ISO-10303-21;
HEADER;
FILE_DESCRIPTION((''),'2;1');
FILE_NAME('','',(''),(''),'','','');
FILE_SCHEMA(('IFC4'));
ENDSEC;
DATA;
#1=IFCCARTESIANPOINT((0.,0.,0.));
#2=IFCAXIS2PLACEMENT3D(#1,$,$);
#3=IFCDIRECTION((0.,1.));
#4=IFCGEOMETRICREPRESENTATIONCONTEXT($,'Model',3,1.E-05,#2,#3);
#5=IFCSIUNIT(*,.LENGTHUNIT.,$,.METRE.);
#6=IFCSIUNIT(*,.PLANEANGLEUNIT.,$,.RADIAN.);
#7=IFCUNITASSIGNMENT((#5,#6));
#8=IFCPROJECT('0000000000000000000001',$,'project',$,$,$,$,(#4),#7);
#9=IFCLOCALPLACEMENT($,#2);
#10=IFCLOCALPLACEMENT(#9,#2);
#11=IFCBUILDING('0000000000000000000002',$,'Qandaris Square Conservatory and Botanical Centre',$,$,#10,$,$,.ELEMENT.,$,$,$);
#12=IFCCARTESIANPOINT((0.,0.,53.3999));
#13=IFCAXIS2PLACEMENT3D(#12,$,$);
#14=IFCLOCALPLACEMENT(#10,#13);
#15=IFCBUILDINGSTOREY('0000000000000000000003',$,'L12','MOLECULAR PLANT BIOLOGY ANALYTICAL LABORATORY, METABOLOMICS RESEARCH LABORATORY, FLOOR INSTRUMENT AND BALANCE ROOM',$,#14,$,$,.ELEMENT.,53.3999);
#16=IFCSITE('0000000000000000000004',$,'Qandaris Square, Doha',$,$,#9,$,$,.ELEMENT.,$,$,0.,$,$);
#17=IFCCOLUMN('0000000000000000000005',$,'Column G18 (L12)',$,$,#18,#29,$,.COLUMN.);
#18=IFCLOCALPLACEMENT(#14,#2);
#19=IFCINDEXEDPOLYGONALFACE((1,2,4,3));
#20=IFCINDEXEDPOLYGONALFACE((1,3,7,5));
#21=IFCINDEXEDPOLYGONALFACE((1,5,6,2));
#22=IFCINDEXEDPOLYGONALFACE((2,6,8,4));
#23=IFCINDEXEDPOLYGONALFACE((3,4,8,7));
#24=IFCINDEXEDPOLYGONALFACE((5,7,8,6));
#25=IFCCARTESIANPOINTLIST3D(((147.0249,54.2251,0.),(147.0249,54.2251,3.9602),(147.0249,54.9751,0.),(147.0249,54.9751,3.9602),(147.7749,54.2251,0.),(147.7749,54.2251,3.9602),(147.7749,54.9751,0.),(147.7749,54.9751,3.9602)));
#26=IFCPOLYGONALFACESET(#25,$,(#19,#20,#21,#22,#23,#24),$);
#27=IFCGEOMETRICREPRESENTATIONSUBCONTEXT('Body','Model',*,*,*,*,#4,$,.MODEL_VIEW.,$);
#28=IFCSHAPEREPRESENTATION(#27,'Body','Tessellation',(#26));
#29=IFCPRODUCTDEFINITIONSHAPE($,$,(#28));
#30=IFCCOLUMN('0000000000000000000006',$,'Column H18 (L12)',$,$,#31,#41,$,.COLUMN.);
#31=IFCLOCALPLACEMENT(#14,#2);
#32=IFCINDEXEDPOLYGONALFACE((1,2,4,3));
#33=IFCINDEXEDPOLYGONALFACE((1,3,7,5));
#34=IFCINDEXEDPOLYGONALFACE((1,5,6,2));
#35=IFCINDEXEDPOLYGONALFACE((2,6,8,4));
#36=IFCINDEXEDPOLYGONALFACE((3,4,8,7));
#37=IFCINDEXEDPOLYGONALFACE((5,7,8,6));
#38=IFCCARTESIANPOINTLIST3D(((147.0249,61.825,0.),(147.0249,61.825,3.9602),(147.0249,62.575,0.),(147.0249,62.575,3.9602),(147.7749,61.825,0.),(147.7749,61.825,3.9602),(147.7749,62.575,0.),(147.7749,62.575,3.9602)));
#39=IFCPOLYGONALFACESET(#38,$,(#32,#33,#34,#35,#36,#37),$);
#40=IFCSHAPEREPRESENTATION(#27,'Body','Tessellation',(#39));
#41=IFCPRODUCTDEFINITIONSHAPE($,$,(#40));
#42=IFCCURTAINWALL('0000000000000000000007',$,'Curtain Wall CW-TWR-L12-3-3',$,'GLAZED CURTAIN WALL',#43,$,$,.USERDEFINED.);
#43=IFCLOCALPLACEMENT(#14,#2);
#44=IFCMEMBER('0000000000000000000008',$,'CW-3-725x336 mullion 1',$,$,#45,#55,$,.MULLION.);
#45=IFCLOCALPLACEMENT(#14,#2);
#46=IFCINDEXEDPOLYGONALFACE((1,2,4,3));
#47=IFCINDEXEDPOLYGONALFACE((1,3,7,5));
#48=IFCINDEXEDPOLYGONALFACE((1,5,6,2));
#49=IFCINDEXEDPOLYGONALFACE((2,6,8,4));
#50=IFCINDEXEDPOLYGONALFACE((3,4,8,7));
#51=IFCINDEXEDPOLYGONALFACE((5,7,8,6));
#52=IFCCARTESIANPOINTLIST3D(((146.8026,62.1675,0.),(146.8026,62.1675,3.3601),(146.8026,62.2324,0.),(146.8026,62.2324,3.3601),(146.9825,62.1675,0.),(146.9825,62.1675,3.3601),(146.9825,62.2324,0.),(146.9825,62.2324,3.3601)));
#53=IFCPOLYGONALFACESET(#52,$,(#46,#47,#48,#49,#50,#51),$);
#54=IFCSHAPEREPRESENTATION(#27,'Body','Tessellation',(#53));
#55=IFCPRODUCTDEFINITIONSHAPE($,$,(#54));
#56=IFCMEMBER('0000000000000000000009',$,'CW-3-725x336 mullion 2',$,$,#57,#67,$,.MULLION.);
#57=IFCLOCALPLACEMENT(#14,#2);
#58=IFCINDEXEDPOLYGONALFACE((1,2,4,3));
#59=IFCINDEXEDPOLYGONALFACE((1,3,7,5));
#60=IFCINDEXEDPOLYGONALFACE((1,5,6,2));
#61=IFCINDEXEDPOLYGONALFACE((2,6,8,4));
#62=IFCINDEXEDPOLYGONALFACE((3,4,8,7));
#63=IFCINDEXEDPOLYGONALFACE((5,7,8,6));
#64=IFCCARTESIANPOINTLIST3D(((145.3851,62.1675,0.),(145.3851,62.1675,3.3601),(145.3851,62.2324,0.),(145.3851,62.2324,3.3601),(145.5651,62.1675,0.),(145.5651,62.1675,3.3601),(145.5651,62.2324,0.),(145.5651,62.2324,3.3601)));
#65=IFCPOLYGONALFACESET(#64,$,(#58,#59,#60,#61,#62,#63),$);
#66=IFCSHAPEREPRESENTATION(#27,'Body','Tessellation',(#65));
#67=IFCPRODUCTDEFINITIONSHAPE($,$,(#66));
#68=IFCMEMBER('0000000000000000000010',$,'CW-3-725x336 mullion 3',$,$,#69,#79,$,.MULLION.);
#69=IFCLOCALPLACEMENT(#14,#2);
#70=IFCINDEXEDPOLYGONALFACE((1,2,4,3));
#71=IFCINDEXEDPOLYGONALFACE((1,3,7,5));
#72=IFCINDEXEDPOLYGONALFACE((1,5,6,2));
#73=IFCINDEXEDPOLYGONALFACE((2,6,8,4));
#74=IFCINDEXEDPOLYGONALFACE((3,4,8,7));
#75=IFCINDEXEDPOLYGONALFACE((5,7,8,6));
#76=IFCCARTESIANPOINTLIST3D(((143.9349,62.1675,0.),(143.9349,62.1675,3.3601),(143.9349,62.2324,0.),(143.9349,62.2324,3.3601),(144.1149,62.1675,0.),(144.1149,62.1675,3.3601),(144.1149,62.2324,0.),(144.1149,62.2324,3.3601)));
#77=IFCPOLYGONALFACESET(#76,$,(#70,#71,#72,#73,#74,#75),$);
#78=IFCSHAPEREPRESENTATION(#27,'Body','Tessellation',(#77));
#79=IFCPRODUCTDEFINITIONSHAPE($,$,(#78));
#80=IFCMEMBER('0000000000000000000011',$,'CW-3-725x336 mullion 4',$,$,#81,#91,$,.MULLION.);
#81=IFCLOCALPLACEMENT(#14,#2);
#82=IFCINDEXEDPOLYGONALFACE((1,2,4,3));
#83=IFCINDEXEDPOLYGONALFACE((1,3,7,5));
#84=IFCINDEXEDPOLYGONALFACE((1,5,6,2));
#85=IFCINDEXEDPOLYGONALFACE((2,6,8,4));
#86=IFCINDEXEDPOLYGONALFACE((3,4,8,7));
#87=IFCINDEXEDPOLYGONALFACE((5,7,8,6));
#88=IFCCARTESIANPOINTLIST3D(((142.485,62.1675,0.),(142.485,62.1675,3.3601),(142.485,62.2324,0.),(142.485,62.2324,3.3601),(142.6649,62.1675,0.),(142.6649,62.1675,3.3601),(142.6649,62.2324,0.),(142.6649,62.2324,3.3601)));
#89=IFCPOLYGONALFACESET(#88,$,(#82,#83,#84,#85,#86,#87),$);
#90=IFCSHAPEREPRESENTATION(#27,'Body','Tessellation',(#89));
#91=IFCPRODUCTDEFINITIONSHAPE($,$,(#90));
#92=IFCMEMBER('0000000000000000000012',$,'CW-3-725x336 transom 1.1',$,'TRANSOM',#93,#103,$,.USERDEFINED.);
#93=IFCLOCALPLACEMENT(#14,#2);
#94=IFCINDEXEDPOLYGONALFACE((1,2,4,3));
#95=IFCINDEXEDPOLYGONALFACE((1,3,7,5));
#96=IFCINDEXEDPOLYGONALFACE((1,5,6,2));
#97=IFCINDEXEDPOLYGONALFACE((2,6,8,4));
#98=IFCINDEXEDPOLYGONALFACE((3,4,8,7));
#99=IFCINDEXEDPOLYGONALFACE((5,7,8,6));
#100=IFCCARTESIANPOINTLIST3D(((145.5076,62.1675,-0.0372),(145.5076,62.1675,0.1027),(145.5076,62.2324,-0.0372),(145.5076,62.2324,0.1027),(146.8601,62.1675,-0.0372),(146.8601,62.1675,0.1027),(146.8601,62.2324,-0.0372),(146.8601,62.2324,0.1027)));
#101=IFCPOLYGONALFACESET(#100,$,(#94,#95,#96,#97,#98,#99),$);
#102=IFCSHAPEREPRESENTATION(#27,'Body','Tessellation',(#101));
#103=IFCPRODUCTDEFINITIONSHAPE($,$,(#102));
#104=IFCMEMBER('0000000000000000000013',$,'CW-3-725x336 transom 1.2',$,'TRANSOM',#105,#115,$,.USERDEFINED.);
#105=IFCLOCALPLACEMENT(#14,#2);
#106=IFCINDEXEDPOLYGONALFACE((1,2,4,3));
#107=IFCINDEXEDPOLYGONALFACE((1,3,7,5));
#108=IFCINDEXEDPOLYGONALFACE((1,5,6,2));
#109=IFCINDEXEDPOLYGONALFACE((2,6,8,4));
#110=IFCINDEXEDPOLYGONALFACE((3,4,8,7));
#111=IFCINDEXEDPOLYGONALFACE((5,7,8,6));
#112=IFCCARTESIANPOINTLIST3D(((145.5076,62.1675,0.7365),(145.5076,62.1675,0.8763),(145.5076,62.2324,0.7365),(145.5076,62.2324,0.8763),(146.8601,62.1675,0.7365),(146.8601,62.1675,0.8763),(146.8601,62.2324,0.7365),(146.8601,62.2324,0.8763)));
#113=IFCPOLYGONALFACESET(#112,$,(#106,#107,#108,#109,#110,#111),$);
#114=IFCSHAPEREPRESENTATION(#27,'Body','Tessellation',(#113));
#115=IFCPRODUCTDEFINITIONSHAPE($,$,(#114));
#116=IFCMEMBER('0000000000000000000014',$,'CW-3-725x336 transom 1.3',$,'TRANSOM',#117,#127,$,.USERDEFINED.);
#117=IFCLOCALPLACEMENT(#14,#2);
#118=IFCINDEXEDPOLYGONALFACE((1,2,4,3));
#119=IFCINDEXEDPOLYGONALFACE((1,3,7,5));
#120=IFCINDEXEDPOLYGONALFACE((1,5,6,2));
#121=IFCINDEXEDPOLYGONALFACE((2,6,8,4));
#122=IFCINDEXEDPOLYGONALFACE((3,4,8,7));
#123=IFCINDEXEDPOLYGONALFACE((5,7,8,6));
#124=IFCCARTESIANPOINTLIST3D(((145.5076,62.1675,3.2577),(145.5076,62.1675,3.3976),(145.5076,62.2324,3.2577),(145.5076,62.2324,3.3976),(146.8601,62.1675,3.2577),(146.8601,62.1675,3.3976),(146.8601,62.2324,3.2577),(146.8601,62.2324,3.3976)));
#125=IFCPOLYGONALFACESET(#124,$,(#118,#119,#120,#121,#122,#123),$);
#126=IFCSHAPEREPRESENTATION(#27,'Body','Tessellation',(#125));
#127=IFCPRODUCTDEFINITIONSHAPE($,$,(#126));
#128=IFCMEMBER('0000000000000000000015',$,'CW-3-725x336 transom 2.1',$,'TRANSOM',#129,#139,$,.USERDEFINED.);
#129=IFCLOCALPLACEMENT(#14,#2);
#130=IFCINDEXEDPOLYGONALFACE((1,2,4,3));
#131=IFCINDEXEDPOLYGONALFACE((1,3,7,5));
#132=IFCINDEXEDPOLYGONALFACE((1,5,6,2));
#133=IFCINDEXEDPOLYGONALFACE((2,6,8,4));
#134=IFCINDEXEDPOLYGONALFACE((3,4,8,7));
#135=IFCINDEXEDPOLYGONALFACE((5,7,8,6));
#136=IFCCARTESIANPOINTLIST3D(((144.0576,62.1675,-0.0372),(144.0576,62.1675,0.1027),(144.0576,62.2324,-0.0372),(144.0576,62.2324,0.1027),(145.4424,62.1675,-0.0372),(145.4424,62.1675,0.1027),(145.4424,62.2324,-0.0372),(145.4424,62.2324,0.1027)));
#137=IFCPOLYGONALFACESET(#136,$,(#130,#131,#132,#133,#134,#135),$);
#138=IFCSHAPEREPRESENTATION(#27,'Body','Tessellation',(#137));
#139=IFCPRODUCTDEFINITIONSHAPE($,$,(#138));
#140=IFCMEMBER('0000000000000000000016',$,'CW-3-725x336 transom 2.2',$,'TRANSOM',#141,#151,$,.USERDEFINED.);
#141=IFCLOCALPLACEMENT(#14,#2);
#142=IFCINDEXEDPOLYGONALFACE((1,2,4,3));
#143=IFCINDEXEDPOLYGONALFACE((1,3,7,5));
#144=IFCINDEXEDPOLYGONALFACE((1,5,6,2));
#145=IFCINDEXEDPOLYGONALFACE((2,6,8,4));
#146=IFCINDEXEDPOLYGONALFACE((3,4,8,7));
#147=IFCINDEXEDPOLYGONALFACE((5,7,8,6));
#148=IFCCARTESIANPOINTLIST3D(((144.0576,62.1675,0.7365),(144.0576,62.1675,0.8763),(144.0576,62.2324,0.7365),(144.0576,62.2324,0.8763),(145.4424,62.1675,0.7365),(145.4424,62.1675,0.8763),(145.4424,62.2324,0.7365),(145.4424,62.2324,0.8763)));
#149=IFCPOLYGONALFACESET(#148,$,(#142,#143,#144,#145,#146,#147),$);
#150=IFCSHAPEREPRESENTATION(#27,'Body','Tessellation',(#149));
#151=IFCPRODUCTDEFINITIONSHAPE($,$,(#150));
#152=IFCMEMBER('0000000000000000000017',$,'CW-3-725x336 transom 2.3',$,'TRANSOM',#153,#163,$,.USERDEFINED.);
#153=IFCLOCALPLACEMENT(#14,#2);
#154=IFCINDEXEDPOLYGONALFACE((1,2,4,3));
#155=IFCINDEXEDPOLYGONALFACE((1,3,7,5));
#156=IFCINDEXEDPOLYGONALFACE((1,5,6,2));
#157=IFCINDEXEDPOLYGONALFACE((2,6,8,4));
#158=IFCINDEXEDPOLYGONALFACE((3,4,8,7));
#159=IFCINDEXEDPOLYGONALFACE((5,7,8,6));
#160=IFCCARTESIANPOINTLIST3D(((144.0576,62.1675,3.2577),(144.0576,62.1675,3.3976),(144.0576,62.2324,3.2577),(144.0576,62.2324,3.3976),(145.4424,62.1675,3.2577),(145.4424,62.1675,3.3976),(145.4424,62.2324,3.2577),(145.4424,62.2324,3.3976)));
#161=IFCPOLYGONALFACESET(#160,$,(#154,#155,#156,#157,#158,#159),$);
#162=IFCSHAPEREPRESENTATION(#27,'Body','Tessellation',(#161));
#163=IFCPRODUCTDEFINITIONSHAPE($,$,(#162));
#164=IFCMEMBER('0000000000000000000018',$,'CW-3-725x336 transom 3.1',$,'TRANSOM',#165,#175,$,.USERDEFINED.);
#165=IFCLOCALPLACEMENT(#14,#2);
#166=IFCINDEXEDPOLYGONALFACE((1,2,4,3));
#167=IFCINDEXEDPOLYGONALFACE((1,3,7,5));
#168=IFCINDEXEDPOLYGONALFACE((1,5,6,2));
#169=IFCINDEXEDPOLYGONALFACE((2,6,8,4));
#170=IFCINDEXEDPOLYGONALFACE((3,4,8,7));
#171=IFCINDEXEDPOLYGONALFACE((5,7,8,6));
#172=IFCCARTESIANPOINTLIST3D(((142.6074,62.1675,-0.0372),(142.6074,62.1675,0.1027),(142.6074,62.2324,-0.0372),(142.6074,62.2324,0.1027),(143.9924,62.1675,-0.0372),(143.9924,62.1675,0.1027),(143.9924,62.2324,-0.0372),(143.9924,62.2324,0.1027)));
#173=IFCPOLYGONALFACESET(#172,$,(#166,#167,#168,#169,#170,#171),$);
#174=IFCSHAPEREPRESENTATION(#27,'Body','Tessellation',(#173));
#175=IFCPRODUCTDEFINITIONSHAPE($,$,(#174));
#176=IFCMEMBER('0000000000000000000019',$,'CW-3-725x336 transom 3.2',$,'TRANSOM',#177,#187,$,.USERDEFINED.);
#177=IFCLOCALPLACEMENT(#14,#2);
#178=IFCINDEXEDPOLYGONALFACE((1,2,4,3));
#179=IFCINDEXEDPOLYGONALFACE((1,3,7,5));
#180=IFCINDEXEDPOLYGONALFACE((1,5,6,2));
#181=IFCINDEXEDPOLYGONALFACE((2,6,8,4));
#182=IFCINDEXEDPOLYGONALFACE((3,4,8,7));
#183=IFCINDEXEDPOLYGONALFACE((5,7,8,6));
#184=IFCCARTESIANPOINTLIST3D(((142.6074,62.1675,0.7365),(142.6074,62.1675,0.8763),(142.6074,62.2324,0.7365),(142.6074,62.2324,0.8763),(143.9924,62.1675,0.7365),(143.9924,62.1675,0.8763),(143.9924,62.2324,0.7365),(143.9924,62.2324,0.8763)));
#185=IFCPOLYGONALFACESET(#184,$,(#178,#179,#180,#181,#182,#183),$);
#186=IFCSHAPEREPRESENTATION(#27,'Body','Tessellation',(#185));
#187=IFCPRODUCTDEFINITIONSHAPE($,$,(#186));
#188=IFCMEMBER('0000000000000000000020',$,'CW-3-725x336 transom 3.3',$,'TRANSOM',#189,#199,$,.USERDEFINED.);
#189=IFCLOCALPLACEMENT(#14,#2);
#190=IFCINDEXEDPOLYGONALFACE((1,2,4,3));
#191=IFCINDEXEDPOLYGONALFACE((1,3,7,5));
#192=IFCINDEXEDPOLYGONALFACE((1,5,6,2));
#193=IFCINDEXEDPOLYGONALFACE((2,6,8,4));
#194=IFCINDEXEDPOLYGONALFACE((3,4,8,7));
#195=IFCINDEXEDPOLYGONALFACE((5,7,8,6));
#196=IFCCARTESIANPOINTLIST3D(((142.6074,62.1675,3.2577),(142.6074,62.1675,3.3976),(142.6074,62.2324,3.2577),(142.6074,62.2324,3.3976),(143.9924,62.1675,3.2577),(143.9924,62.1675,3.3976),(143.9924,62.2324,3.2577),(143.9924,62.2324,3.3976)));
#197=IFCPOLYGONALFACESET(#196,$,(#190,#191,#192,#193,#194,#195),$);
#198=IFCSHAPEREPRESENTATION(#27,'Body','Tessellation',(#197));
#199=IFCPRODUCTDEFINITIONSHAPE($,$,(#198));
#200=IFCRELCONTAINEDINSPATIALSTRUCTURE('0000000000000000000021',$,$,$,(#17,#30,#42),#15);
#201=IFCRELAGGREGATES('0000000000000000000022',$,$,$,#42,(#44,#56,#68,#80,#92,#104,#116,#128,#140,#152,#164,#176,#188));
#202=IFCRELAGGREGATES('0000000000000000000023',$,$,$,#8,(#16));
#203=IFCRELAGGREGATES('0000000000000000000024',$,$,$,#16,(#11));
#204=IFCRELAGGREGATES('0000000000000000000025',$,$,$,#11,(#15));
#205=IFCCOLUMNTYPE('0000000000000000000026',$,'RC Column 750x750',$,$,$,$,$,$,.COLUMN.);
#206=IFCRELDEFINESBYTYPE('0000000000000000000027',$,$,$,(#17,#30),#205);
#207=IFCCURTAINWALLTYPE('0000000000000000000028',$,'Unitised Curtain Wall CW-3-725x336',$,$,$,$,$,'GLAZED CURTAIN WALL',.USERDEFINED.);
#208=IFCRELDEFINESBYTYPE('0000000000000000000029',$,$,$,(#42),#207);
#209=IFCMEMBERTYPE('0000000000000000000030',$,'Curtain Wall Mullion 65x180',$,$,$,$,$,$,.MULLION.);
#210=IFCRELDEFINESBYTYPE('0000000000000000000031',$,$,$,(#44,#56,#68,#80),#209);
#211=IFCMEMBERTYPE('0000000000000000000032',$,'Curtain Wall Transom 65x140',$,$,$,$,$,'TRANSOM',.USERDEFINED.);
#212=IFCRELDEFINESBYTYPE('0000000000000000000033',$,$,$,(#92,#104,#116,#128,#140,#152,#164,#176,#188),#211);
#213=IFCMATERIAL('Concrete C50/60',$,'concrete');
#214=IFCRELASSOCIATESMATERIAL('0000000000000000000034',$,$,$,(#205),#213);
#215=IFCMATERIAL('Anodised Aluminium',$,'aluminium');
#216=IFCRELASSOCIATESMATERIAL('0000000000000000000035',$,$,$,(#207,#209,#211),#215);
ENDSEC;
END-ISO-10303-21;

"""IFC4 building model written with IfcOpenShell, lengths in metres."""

from ifc_helpers import new_model, si_unit, direction, frame, origin, origin_2d, place, context, subcontext, project, spatial, rectangle, extrude, material, material_profile, profile_set, type_object, element, aggregate, save


model = new_model("IFC4")

# Units and contexts
model_context = context("Model", 3, precision=1e-05, world=origin(), true_north=direction((0.0, 1.0)))
body_context = subcontext(model_context, "Body", "Model", "MODEL_VIEW")
ifc_project = project(units=[si_unit("LENGTHUNIT", "METRE"), si_unit("PLANEANGLEUNIT", "RADIAN")], contexts=[model_context])

# Site, building, storey
site_placement = place(None, origin())
site = spatial("IfcSite", under=ifc_project, at=site_placement, Name="Qandaris Square, Doha", CompositionType="ELEMENT", RefElevation=0.0)
building_placement = place(site_placement, origin())
building = spatial("IfcBuilding", under=site, at=building_placement, Name="Qandaris Square Conservatory and Botanical Centre", CompositionType="ELEMENT")
storey_placement = place(building_placement, frame((0.0, 0.0, 53.3999)))
storey = spatial("IfcBuildingStorey", under=building, at=storey_placement, Name="L12", Description="MOLECULAR PLANT BIOLOGY ANALYTICAL LABORATORY, METABOLOMICS RESEARCH LABORATORY, FLOOR INSTRUMENT AND BALANCE ROOM", CompositionType="ELEMENT", Elevation=53.3999)

# Columns
ifc_material_1 = material(Name="Concrete C50/60", Category="concrete")
ifc_material_profile_1 = material_profile(ifc_material_1, rectangle(XDim=0.75, YDim=0.75, at=origin_2d()), Name="RC-COL 750x750")
ifc_profile_set_1 = profile_set([ifc_material_profile_1], Name="Concrete C50/60")
column_type = type_object("IfcColumnType", Name="RC Column 750x750", PredefinedType="COLUMN", material=ifc_profile_set_1)
for number, where, z_axis, x_axis, name in (
    (1, (147.3999, 54.6001, 0.0), (0.0, 0.0, 1.0), (1.0, 0.0, 0.0), "Column G18 (L12)"),
    (2, (147.3999, 62.2, 0.0), (0.0, 0.0, 1.0), (1.0, 0.0, 0.0), "Column H18 (L12)"),
):
    element("IfcColumn", number, at=place(storey_placement, frame(where, z_axis=z_axis, x_axis=x_axis)), inside=storey, type_object=column_type, Name=name, PredefinedType="COLUMN", context=body_context, shape_type="SweptSolid", body=[
        extrude(rectangle(XDim=0.75, YDim=0.75, at=origin_2d()), origin(), (0.0, 0.0, 1.0), 3.9602),
    ])

# Curtain wall, members
ifc_material_2 = material(Name="Anodised Aluminium", Category="aluminium")
curtain_wall_type = type_object("IfcCurtainWallType", Name="Unitised Curtain Wall CW-3-725x336", ElementType="GLAZED CURTAIN WALL", PredefinedType="USERDEFINED", material=ifc_material_2)
curtain_wall_placement = place(storey_placement, origin())
curtain_wall = element("IfcCurtainWall", 3, at=curtain_wall_placement, inside=storey, type_object=curtain_wall_type, Name="Curtain Wall CW-TWR-L12-3-3", ObjectType="GLAZED CURTAIN WALL", PredefinedType="USERDEFINED")
ifc_material_profile_2 = material_profile(ifc_material_2, rectangle(XDim=0.0649, YDim=0.1799, at=origin_2d()), Name="ALU-MUL 65x180")
ifc_profile_set_2 = profile_set([ifc_material_profile_2], Name="Anodised Aluminium")
member_type_1 = type_object("IfcMemberType", Name="Curtain Wall Mullion 65x180", PredefinedType="MULLION", material=ifc_profile_set_2)
member_1_placement = place(storey_placement, frame((146.8926, 62.2, 0.0), z_axis=(0.0, 0.0, 1.0), x_axis=(0.0, -1.0, 0.0)))
member_1 = element("IfcMember", 4, at=member_1_placement, type_object=member_type_1, Name="CW-3-725x336 mullion 1", PredefinedType="MULLION", context=body_context, shape_type="SweptSolid", body=[
    extrude(rectangle(XDim=0.0649, YDim=0.1799, at=origin_2d()), origin(), (0.0, 0.0, 1.0), 3.3601),
])
member_2_placement = place(storey_placement, frame((145.4751, 62.2, 0.0), z_axis=(0.0, 0.0, 1.0), x_axis=(0.0, -1.0, 0.0)))
member_2 = element("IfcMember", 5, at=member_2_placement, type_object=member_type_1, Name="CW-3-725x336 mullion 2", PredefinedType="MULLION", context=body_context, shape_type="SweptSolid", body=[
    extrude(rectangle(XDim=0.0649, YDim=0.1799, at=origin_2d()), origin(), (0.0, 0.0, 1.0), 3.3601),
])
member_3_placement = place(storey_placement, frame((144.0249, 62.2, 0.0), z_axis=(0.0, 0.0, 1.0), x_axis=(0.0, -1.0, 0.0)))
member_3 = element("IfcMember", 6, at=member_3_placement, type_object=member_type_1, Name="CW-3-725x336 mullion 3", PredefinedType="MULLION", context=body_context, shape_type="SweptSolid", body=[
    extrude(rectangle(XDim=0.0649, YDim=0.1799, at=origin_2d()), origin(), (0.0, 0.0, 1.0), 3.3601),
])
member_4_placement = place(storey_placement, frame((142.575, 62.2, 0.0), z_axis=(0.0, 0.0, 1.0), x_axis=(0.0, -1.0, 0.0)))
member_4 = element("IfcMember", 7, at=member_4_placement, type_object=member_type_1, Name="CW-3-725x336 mullion 4", PredefinedType="MULLION", context=body_context, shape_type="SweptSolid", body=[
    extrude(rectangle(XDim=0.0649, YDim=0.1799, at=origin_2d()), origin(), (0.0, 0.0, 1.0), 3.3601),
])
ifc_material_profile_3 = material_profile(ifc_material_2, rectangle(XDim=0.0649, YDim=0.1399, at=origin_2d()), Name="ALU-TRN 65x140")
ifc_profile_set_3 = profile_set([ifc_material_profile_3], Name="Anodised Aluminium")
member_type_2 = type_object("IfcMemberType", Name="Curtain Wall Transom 65x140", ElementType="TRANSOM", PredefinedType="USERDEFINED", material=ifc_profile_set_3)
member_5_placement = place(storey_placement, frame((146.8601, 62.2, 0.0327), z_axis=(-1.0, 0.0, 0.0), x_axis=(0.0, -1.0, 0.0)))
member_5 = element("IfcMember", 8, at=member_5_placement, type_object=member_type_2, Name="CW-3-725x336 transom 1.1", ObjectType="TRANSOM", PredefinedType="USERDEFINED", context=body_context, shape_type="SweptSolid", body=[
    extrude(rectangle(XDim=0.0649, YDim=0.1399, at=origin_2d()), origin(), (0.0, 0.0, 1.0), 1.3525),
])
member_6_placement = place(storey_placement, frame((146.8601, 62.2, 0.8064), z_axis=(-1.0, 0.0, 0.0), x_axis=(0.0, -1.0, 0.0)))
member_6 = element("IfcMember", 9, at=member_6_placement, type_object=member_type_2, Name="CW-3-725x336 transom 1.2", ObjectType="TRANSOM", PredefinedType="USERDEFINED", context=body_context, shape_type="SweptSolid", body=[
    extrude(rectangle(XDim=0.0649, YDim=0.1399, at=origin_2d()), origin(), (0.0, 0.0, 1.0), 1.3525),
])
member_7_placement = place(storey_placement, frame((146.8601, 62.2, 3.3276), z_axis=(-1.0, 0.0, 0.0), x_axis=(0.0, -1.0, 0.0)))
member_7 = element("IfcMember", 10, at=member_7_placement, type_object=member_type_2, Name="CW-3-725x336 transom 1.3", ObjectType="TRANSOM", PredefinedType="USERDEFINED", context=body_context, shape_type="SweptSolid", body=[
    extrude(rectangle(XDim=0.0649, YDim=0.1399, at=origin_2d()), origin(), (0.0, 0.0, 1.0), 1.3525),
])
member_8_placement = place(storey_placement, frame((145.4424, 62.2, 0.0327), z_axis=(-1.0, 0.0, 0.0), x_axis=(0.0, -1.0, 0.0)))
member_8 = element("IfcMember", 11, at=member_8_placement, type_object=member_type_2, Name="CW-3-725x336 transom 2.1", ObjectType="TRANSOM", PredefinedType="USERDEFINED", context=body_context, shape_type="SweptSolid", body=[
    extrude(rectangle(XDim=0.0649, YDim=0.1399, at=origin_2d()), origin(), (0.0, 0.0, 1.0), 1.3848),
])
member_9_placement = place(storey_placement, frame((145.4424, 62.2, 0.8064), z_axis=(-1.0, 0.0, 0.0), x_axis=(0.0, -1.0, 0.0)))
member_9 = element("IfcMember", 12, at=member_9_placement, type_object=member_type_2, Name="CW-3-725x336 transom 2.2", ObjectType="TRANSOM", PredefinedType="USERDEFINED", context=body_context, shape_type="SweptSolid", body=[
    extrude(rectangle(XDim=0.0649, YDim=0.1399, at=origin_2d()), origin(), (0.0, 0.0, 1.0), 1.3848),
])
member_10_placement = place(storey_placement, frame((145.4424, 62.2, 3.3276), z_axis=(-1.0, 0.0, 0.0), x_axis=(0.0, -1.0, 0.0)))
member_10 = element("IfcMember", 13, at=member_10_placement, type_object=member_type_2, Name="CW-3-725x336 transom 2.3", ObjectType="TRANSOM", PredefinedType="USERDEFINED", context=body_context, shape_type="SweptSolid", body=[
    extrude(rectangle(XDim=0.0649, YDim=0.1399, at=origin_2d()), origin(), (0.0, 0.0, 1.0), 1.3848),
])
member_11_placement = place(storey_placement, frame((143.9924, 62.2, 0.0327), z_axis=(-1.0, 0.0, 0.0), x_axis=(0.0, -1.0, 0.0)))
member_11 = element("IfcMember", 14, at=member_11_placement, type_object=member_type_2, Name="CW-3-725x336 transom 3.1", ObjectType="TRANSOM", PredefinedType="USERDEFINED", context=body_context, shape_type="SweptSolid", body=[
    extrude(rectangle(XDim=0.0649, YDim=0.1399, at=origin_2d()), origin(), (0.0, 0.0, 1.0), 1.385),
])
member_12_placement = place(storey_placement, frame((143.9924, 62.2, 0.8064), z_axis=(-1.0, 0.0, 0.0), x_axis=(0.0, -1.0, 0.0)))
member_12 = element("IfcMember", 15, at=member_12_placement, type_object=member_type_2, Name="CW-3-725x336 transom 3.2", ObjectType="TRANSOM", PredefinedType="USERDEFINED", context=body_context, shape_type="SweptSolid", body=[
    extrude(rectangle(XDim=0.0649, YDim=0.1399, at=origin_2d()), origin(), (0.0, 0.0, 1.0), 1.385),
])
member_13_placement = place(storey_placement, frame((143.9924, 62.2, 3.3276), z_axis=(-1.0, 0.0, 0.0), x_axis=(0.0, -1.0, 0.0)))
member_13 = element("IfcMember", 16, at=member_13_placement, type_object=member_type_2, Name="CW-3-725x336 transom 3.3", ObjectType="TRANSOM", PredefinedType="USERDEFINED", context=body_context, shape_type="SweptSolid", body=[
    extrude(rectangle(XDim=0.0649, YDim=0.1399, at=origin_2d()), origin(), (0.0, 0.0, 1.0), 1.385),
])

aggregate(curtain_wall, [member_1, member_2, member_3, member_4, member_5, member_6, member_7, member_8, member_9, member_10, member_11, member_12, member_13])

save(model, "model.ifc")
